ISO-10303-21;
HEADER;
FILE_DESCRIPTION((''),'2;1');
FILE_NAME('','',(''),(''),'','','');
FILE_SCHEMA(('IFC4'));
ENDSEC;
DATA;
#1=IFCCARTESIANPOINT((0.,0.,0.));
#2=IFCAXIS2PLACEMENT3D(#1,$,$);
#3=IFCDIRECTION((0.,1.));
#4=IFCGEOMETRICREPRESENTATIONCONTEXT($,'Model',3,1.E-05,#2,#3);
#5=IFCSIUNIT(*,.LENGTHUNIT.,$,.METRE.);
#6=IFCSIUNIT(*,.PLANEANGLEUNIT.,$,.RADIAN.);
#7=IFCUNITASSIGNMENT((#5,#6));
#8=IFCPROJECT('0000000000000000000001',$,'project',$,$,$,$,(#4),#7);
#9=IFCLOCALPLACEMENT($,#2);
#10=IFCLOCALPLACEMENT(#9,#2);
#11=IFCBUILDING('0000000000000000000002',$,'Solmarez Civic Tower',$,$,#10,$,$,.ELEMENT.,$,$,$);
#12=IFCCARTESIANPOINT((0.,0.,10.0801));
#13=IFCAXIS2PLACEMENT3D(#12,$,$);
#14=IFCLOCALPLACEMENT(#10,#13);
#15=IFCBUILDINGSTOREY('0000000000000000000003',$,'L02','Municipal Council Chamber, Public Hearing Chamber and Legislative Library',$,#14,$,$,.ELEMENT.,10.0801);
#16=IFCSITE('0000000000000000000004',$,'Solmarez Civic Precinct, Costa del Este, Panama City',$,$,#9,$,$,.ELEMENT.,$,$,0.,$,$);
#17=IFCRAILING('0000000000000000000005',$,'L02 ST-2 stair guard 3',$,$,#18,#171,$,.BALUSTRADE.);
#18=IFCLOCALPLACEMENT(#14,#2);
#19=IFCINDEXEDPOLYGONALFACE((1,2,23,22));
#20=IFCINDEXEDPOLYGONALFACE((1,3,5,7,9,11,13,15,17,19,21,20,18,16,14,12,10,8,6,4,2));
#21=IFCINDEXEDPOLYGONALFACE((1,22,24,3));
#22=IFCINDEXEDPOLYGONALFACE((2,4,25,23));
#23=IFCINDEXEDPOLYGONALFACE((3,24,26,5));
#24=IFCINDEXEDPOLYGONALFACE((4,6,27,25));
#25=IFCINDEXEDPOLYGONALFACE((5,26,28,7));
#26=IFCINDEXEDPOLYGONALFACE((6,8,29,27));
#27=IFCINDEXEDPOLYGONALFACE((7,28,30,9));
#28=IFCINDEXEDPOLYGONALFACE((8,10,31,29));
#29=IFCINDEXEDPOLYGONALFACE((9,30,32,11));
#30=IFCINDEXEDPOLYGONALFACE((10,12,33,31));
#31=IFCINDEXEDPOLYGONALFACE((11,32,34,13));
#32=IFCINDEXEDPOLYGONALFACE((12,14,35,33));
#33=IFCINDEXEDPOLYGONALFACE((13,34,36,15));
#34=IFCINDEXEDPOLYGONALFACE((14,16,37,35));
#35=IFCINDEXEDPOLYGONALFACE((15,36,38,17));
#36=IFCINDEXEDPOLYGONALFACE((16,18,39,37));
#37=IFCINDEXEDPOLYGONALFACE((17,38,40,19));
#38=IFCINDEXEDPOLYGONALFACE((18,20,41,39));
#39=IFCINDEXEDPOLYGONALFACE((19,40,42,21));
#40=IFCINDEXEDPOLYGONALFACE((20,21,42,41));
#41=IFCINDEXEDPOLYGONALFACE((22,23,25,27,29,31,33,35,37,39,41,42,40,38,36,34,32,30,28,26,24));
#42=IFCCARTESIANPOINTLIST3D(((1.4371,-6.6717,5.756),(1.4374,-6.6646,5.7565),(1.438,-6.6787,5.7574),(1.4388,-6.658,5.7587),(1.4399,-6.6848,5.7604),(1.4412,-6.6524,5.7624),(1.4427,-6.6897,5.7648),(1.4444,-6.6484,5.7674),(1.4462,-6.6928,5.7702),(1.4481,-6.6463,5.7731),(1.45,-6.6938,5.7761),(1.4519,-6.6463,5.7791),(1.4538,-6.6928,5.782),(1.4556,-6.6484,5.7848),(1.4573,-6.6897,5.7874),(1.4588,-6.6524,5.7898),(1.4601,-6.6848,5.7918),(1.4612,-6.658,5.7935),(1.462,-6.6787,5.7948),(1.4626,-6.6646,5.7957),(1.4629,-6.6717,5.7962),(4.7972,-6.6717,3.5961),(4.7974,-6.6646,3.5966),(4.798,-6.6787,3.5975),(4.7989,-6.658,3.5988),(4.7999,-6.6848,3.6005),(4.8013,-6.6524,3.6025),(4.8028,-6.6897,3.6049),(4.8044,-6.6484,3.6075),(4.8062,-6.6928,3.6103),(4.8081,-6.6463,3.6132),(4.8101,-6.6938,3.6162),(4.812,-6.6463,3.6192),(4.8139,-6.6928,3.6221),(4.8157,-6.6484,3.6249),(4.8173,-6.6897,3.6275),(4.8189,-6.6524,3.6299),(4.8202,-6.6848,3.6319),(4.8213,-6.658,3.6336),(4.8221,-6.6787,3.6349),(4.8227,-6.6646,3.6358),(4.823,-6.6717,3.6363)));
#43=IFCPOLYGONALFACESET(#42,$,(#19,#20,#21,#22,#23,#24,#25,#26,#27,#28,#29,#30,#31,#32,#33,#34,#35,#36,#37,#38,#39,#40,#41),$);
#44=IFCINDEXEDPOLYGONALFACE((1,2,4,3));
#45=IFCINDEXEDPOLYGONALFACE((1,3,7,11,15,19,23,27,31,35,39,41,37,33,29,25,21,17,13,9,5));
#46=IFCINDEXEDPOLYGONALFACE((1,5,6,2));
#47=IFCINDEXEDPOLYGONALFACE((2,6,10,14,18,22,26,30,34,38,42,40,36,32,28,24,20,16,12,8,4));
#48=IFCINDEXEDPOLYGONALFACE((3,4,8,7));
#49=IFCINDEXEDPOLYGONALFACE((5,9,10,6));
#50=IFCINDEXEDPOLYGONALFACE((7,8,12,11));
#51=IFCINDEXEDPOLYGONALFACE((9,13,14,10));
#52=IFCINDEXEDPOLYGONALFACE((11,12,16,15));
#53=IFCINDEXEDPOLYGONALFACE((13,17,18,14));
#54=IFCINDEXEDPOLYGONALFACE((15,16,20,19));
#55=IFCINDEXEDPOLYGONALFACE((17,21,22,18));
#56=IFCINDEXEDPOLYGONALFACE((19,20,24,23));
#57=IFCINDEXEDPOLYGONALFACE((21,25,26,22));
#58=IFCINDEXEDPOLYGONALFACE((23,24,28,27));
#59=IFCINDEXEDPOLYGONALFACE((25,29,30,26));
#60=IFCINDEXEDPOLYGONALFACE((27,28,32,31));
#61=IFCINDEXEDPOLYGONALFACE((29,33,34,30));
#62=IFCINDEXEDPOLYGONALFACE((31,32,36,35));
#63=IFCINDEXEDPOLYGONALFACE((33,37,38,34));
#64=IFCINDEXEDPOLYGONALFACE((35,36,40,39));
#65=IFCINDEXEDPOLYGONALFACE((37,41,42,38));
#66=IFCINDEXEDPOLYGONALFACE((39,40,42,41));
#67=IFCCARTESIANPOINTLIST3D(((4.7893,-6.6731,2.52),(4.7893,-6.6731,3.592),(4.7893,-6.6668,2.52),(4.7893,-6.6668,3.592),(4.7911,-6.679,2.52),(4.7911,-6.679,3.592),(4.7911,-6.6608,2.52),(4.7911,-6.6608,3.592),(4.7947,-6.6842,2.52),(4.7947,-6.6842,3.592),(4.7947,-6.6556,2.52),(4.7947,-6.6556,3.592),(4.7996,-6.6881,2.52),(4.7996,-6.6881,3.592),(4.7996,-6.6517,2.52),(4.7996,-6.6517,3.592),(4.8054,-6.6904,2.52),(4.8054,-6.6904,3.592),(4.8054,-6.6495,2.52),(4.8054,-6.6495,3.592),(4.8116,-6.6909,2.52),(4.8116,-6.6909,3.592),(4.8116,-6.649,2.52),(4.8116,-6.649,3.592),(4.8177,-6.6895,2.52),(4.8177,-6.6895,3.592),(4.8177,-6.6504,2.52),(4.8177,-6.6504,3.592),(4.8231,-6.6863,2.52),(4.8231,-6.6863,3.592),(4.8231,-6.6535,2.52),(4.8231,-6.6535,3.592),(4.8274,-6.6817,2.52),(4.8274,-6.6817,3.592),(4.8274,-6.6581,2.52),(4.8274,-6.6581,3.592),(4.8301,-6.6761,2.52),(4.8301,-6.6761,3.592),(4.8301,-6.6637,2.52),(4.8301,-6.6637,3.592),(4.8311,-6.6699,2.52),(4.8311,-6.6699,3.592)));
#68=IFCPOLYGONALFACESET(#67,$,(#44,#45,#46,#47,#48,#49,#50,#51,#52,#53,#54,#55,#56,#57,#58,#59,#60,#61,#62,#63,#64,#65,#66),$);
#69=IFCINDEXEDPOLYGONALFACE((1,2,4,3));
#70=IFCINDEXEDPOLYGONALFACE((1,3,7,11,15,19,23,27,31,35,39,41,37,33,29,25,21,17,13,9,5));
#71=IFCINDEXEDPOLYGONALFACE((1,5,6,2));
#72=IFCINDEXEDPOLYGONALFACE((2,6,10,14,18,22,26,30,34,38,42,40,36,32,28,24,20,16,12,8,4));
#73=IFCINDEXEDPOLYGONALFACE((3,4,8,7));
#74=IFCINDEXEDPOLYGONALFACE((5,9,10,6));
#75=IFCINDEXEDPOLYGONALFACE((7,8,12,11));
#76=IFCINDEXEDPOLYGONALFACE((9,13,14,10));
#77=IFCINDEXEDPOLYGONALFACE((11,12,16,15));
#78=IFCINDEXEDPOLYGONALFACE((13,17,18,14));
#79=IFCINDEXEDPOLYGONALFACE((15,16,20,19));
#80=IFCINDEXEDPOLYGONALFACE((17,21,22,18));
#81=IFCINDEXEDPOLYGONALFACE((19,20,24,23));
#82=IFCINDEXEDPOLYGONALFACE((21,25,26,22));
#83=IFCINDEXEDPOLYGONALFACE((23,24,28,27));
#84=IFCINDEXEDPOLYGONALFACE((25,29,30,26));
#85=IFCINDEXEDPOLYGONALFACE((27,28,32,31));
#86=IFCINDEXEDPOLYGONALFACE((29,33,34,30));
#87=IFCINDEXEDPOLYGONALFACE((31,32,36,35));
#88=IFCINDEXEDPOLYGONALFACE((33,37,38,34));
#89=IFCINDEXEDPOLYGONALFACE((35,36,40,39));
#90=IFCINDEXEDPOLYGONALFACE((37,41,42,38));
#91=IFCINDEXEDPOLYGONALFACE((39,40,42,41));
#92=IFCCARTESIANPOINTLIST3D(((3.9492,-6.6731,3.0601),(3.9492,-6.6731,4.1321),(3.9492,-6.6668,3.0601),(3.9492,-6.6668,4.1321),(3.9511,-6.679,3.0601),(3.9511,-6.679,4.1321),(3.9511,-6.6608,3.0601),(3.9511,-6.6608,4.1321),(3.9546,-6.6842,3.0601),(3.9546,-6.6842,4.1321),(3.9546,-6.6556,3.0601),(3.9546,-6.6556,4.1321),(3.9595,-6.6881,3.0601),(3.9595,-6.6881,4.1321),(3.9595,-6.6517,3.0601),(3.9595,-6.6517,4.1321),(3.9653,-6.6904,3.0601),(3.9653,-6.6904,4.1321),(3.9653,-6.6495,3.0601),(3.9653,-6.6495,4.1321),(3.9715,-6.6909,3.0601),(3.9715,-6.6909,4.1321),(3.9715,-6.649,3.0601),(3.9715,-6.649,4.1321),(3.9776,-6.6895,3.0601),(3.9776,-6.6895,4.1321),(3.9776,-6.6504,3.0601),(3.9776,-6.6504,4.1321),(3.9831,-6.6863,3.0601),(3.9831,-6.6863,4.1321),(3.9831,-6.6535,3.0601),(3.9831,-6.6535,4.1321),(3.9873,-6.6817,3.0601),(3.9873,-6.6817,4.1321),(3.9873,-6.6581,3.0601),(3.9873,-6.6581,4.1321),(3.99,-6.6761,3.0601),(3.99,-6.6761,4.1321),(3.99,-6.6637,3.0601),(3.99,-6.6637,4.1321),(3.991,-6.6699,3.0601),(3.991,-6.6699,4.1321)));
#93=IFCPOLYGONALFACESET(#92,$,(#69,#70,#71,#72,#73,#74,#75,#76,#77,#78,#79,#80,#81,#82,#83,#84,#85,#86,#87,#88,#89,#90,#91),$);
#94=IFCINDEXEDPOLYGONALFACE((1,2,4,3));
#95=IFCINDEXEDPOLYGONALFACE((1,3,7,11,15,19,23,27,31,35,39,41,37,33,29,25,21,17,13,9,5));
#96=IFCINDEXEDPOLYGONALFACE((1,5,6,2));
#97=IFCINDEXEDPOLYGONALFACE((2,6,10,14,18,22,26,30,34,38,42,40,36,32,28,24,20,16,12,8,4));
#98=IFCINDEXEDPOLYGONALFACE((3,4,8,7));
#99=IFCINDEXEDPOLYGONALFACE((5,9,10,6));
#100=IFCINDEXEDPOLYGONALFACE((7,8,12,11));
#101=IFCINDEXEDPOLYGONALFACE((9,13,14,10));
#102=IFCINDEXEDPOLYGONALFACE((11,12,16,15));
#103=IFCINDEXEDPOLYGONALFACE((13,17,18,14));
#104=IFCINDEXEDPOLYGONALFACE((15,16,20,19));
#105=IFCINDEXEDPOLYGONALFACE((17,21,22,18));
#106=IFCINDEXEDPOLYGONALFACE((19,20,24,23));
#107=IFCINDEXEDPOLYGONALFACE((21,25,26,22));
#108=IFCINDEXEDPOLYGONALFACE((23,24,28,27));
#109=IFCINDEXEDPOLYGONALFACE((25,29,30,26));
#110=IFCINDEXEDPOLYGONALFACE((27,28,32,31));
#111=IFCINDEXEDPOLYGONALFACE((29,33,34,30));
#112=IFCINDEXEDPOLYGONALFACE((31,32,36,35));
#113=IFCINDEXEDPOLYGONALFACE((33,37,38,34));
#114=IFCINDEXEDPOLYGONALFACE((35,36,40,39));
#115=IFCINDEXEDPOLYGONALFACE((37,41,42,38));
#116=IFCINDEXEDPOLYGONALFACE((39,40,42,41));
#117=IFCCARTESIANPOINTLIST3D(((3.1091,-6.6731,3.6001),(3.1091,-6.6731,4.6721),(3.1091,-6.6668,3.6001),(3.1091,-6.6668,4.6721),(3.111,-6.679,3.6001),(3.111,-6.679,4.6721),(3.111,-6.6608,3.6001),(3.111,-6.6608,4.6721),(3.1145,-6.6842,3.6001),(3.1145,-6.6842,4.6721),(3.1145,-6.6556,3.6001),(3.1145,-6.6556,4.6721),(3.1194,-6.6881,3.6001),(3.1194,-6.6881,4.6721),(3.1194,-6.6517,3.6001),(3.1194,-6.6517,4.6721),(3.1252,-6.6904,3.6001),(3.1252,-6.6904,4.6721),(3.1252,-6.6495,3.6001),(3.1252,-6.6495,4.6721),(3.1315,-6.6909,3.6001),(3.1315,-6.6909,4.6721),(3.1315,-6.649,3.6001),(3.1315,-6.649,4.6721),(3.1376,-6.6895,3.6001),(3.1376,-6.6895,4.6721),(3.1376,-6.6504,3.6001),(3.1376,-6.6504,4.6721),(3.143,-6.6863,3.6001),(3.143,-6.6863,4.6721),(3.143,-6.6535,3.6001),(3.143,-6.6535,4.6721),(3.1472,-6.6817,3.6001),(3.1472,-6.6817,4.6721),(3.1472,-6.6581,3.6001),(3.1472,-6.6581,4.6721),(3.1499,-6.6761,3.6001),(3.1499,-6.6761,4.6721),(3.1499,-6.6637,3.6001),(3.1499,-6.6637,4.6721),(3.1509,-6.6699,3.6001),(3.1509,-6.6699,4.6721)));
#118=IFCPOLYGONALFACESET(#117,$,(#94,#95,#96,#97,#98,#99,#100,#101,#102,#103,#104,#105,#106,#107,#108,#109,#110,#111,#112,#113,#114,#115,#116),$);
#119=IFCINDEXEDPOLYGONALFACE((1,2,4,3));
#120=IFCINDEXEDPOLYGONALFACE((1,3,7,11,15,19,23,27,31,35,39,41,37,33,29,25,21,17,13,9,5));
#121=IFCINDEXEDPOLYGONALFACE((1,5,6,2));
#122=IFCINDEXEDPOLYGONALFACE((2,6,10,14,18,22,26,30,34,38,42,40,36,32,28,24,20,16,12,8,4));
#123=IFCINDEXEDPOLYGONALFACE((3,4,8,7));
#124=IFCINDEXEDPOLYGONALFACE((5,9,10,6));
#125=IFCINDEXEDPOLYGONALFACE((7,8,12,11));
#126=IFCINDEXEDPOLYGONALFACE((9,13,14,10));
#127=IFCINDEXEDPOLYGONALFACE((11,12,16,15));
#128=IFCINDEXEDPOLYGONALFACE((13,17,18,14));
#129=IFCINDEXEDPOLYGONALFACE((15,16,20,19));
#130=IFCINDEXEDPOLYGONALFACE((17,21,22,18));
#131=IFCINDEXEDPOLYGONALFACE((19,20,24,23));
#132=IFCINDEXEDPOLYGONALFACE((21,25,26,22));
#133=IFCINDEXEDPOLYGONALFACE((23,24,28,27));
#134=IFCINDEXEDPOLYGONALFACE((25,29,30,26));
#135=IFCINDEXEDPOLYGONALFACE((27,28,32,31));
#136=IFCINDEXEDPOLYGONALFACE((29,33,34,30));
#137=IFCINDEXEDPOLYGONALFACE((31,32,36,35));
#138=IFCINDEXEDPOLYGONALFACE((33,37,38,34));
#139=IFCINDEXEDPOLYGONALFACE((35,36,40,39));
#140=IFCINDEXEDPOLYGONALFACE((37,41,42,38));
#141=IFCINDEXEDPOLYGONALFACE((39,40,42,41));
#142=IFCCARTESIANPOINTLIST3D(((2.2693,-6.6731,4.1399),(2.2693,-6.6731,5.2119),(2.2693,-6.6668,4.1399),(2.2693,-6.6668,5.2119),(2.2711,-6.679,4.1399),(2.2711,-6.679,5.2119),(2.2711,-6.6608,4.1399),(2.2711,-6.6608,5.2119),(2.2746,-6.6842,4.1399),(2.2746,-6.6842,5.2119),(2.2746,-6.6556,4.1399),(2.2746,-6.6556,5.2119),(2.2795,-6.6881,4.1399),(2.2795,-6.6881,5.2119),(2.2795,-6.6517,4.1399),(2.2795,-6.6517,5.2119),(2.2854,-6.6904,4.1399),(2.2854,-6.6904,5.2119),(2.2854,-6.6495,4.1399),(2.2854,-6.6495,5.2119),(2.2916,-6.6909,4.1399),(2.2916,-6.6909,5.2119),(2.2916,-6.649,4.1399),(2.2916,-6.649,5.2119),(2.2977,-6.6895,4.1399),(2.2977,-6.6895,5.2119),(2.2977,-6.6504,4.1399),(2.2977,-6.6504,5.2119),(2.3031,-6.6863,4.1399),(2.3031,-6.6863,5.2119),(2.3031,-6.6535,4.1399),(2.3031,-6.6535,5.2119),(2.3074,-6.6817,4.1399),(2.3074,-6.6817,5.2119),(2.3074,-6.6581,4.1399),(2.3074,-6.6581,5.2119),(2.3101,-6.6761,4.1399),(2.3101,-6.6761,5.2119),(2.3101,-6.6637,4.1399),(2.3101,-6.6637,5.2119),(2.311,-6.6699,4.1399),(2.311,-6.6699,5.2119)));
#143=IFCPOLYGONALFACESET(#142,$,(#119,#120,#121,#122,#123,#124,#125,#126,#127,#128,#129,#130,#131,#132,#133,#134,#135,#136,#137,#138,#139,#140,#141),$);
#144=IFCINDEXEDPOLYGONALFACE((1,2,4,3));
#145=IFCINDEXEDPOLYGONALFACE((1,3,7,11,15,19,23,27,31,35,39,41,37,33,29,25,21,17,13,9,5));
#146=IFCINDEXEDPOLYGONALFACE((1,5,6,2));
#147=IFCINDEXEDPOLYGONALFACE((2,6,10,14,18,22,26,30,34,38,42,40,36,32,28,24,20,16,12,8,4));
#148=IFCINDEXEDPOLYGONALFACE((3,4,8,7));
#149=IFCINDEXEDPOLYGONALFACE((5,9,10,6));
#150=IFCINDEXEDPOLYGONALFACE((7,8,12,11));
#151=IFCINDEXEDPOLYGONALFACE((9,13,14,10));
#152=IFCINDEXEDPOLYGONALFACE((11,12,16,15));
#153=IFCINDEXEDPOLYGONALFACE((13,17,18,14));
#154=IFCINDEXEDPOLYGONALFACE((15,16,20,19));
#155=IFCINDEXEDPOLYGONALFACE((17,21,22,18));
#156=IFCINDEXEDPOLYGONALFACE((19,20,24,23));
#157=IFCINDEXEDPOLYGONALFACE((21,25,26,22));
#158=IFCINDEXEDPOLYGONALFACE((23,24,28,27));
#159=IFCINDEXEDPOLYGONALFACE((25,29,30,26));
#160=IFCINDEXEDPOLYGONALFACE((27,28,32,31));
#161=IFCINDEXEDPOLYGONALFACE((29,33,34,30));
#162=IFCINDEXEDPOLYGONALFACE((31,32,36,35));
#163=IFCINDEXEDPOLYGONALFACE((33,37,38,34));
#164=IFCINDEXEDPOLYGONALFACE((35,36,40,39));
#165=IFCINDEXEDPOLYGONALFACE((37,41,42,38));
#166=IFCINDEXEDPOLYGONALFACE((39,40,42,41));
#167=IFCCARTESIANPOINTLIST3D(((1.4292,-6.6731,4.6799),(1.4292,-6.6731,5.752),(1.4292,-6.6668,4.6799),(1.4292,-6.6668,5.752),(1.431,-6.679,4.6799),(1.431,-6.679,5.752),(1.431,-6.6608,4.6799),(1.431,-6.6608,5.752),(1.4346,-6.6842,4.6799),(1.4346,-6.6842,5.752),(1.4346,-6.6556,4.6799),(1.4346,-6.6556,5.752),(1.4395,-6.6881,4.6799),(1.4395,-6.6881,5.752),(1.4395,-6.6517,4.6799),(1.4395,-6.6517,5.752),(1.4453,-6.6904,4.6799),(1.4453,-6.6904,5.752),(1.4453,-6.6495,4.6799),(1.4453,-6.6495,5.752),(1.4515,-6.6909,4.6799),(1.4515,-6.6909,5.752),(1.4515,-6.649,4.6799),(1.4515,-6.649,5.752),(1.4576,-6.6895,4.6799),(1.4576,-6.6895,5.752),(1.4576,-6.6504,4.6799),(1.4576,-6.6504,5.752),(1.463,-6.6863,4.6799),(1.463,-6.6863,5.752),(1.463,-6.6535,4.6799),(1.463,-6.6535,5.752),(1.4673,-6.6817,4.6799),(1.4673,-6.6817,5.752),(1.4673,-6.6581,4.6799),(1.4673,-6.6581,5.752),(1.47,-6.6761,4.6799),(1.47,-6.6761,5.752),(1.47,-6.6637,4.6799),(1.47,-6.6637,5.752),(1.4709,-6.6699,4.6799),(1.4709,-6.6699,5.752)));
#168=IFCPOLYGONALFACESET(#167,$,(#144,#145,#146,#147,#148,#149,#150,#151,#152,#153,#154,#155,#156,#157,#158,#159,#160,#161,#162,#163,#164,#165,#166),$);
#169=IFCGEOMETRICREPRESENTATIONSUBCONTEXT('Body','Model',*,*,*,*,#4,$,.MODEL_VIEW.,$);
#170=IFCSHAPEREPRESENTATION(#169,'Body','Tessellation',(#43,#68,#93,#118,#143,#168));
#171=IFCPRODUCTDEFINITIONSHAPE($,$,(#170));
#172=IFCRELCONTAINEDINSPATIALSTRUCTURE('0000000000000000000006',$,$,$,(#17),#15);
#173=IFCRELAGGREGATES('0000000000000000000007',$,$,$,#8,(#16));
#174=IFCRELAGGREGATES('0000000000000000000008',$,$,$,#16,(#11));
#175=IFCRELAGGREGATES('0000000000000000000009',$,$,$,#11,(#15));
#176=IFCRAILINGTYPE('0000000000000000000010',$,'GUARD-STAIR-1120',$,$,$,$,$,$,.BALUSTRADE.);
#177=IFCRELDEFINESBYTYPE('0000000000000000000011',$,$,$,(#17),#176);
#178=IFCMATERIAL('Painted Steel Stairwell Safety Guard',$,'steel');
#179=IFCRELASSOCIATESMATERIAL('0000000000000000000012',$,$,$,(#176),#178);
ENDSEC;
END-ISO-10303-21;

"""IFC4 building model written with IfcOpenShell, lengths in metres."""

from ifc_helpers import new_model, si_unit, direction, frame, origin, origin_2d, place, context, subcontext, project, spatial, circle, extrude, material, type_object, element, save


model = new_model("IFC4")

# Units and contexts
model_context = context("Model", 3, precision=1e-05, world=origin(), true_north=direction((0.0, 1.0)))
body_context = subcontext(model_context, "Body", "Model", "MODEL_VIEW")
ifc_project = project(units=[si_unit("LENGTHUNIT", "METRE"), si_unit("PLANEANGLEUNIT", "RADIAN")], contexts=[model_context])

# Site, building, storey
site_placement = place(None, origin())
site = spatial("IfcSite", under=ifc_project, at=site_placement, Name="Solmarez Civic Precinct, Costa del Este, Panama City", CompositionType="ELEMENT", RefElevation=0.0)
building_placement = place(site_placement, origin())
building = spatial("IfcBuilding", under=site, at=building_placement, Name="Solmarez Civic Tower", CompositionType="ELEMENT")
storey_placement = place(building_placement, frame((0.0, 0.0, 10.0801)))
storey = spatial("IfcBuildingStorey", under=building, at=storey_placement, Name="L02", Description="Municipal Council Chamber, Public Hearing Chamber and Legislative Library", CompositionType="ELEMENT", Elevation=10.0801)

# Railing
ifc_material_1 = material(Name="Painted Steel Stairwell Safety Guard", Category="steel")
railing_type_1 = type_object("IfcRailingType", Name="GUARD-STAIR-1120", PredefinedType="BALUSTRADE", material=ifc_material_1)
railing_1_placement = place(storey_placement, frame((4.8101, -6.6699, 2.52)))
element("IfcRailing", 1, at=railing_1_placement, inside=storey, type_object=railing_type_1, Name="L02 ST-2 stair guard 3", PredefinedType="BALUSTRADE", context=body_context, shape_type="SweptSolid", body=[
    extrude(circle(Radius=0.0239, at=origin_2d()), frame((0.0, 0.0, 1.0962), z_axis=(-0.841196, 0.0, 0.54073), x_axis=(0.0, -1.0, 0.0)), (0.0, 0.0, 1.0), 3.9944),
    extrude(circle(Radius=0.021, at=origin_2d()), origin(), (0.0, 0.0, 1.0), 1.072),
    extrude(circle(Radius=0.021, at=origin_2d()), frame((-0.8401, 0.0, 0.54)), (0.0, 0.0, 1.0), 1.072),
    extrude(circle(Radius=0.021, at=origin_2d()), frame((-1.6802, 0.0, 1.0801)), (0.0, 0.0, 1.0), 1.072),
    extrude(circle(Radius=0.021, at=origin_2d()), frame((-2.52, 0.0, 1.6199)), (0.0, 0.0, 1.0), 1.072),
    extrude(circle(Radius=0.021, at=origin_2d()), frame((-3.3601, 0.0, 2.1599)), (0.0, 0.0, 1.0), 1.072),
])

save(model, "model.ifc")
